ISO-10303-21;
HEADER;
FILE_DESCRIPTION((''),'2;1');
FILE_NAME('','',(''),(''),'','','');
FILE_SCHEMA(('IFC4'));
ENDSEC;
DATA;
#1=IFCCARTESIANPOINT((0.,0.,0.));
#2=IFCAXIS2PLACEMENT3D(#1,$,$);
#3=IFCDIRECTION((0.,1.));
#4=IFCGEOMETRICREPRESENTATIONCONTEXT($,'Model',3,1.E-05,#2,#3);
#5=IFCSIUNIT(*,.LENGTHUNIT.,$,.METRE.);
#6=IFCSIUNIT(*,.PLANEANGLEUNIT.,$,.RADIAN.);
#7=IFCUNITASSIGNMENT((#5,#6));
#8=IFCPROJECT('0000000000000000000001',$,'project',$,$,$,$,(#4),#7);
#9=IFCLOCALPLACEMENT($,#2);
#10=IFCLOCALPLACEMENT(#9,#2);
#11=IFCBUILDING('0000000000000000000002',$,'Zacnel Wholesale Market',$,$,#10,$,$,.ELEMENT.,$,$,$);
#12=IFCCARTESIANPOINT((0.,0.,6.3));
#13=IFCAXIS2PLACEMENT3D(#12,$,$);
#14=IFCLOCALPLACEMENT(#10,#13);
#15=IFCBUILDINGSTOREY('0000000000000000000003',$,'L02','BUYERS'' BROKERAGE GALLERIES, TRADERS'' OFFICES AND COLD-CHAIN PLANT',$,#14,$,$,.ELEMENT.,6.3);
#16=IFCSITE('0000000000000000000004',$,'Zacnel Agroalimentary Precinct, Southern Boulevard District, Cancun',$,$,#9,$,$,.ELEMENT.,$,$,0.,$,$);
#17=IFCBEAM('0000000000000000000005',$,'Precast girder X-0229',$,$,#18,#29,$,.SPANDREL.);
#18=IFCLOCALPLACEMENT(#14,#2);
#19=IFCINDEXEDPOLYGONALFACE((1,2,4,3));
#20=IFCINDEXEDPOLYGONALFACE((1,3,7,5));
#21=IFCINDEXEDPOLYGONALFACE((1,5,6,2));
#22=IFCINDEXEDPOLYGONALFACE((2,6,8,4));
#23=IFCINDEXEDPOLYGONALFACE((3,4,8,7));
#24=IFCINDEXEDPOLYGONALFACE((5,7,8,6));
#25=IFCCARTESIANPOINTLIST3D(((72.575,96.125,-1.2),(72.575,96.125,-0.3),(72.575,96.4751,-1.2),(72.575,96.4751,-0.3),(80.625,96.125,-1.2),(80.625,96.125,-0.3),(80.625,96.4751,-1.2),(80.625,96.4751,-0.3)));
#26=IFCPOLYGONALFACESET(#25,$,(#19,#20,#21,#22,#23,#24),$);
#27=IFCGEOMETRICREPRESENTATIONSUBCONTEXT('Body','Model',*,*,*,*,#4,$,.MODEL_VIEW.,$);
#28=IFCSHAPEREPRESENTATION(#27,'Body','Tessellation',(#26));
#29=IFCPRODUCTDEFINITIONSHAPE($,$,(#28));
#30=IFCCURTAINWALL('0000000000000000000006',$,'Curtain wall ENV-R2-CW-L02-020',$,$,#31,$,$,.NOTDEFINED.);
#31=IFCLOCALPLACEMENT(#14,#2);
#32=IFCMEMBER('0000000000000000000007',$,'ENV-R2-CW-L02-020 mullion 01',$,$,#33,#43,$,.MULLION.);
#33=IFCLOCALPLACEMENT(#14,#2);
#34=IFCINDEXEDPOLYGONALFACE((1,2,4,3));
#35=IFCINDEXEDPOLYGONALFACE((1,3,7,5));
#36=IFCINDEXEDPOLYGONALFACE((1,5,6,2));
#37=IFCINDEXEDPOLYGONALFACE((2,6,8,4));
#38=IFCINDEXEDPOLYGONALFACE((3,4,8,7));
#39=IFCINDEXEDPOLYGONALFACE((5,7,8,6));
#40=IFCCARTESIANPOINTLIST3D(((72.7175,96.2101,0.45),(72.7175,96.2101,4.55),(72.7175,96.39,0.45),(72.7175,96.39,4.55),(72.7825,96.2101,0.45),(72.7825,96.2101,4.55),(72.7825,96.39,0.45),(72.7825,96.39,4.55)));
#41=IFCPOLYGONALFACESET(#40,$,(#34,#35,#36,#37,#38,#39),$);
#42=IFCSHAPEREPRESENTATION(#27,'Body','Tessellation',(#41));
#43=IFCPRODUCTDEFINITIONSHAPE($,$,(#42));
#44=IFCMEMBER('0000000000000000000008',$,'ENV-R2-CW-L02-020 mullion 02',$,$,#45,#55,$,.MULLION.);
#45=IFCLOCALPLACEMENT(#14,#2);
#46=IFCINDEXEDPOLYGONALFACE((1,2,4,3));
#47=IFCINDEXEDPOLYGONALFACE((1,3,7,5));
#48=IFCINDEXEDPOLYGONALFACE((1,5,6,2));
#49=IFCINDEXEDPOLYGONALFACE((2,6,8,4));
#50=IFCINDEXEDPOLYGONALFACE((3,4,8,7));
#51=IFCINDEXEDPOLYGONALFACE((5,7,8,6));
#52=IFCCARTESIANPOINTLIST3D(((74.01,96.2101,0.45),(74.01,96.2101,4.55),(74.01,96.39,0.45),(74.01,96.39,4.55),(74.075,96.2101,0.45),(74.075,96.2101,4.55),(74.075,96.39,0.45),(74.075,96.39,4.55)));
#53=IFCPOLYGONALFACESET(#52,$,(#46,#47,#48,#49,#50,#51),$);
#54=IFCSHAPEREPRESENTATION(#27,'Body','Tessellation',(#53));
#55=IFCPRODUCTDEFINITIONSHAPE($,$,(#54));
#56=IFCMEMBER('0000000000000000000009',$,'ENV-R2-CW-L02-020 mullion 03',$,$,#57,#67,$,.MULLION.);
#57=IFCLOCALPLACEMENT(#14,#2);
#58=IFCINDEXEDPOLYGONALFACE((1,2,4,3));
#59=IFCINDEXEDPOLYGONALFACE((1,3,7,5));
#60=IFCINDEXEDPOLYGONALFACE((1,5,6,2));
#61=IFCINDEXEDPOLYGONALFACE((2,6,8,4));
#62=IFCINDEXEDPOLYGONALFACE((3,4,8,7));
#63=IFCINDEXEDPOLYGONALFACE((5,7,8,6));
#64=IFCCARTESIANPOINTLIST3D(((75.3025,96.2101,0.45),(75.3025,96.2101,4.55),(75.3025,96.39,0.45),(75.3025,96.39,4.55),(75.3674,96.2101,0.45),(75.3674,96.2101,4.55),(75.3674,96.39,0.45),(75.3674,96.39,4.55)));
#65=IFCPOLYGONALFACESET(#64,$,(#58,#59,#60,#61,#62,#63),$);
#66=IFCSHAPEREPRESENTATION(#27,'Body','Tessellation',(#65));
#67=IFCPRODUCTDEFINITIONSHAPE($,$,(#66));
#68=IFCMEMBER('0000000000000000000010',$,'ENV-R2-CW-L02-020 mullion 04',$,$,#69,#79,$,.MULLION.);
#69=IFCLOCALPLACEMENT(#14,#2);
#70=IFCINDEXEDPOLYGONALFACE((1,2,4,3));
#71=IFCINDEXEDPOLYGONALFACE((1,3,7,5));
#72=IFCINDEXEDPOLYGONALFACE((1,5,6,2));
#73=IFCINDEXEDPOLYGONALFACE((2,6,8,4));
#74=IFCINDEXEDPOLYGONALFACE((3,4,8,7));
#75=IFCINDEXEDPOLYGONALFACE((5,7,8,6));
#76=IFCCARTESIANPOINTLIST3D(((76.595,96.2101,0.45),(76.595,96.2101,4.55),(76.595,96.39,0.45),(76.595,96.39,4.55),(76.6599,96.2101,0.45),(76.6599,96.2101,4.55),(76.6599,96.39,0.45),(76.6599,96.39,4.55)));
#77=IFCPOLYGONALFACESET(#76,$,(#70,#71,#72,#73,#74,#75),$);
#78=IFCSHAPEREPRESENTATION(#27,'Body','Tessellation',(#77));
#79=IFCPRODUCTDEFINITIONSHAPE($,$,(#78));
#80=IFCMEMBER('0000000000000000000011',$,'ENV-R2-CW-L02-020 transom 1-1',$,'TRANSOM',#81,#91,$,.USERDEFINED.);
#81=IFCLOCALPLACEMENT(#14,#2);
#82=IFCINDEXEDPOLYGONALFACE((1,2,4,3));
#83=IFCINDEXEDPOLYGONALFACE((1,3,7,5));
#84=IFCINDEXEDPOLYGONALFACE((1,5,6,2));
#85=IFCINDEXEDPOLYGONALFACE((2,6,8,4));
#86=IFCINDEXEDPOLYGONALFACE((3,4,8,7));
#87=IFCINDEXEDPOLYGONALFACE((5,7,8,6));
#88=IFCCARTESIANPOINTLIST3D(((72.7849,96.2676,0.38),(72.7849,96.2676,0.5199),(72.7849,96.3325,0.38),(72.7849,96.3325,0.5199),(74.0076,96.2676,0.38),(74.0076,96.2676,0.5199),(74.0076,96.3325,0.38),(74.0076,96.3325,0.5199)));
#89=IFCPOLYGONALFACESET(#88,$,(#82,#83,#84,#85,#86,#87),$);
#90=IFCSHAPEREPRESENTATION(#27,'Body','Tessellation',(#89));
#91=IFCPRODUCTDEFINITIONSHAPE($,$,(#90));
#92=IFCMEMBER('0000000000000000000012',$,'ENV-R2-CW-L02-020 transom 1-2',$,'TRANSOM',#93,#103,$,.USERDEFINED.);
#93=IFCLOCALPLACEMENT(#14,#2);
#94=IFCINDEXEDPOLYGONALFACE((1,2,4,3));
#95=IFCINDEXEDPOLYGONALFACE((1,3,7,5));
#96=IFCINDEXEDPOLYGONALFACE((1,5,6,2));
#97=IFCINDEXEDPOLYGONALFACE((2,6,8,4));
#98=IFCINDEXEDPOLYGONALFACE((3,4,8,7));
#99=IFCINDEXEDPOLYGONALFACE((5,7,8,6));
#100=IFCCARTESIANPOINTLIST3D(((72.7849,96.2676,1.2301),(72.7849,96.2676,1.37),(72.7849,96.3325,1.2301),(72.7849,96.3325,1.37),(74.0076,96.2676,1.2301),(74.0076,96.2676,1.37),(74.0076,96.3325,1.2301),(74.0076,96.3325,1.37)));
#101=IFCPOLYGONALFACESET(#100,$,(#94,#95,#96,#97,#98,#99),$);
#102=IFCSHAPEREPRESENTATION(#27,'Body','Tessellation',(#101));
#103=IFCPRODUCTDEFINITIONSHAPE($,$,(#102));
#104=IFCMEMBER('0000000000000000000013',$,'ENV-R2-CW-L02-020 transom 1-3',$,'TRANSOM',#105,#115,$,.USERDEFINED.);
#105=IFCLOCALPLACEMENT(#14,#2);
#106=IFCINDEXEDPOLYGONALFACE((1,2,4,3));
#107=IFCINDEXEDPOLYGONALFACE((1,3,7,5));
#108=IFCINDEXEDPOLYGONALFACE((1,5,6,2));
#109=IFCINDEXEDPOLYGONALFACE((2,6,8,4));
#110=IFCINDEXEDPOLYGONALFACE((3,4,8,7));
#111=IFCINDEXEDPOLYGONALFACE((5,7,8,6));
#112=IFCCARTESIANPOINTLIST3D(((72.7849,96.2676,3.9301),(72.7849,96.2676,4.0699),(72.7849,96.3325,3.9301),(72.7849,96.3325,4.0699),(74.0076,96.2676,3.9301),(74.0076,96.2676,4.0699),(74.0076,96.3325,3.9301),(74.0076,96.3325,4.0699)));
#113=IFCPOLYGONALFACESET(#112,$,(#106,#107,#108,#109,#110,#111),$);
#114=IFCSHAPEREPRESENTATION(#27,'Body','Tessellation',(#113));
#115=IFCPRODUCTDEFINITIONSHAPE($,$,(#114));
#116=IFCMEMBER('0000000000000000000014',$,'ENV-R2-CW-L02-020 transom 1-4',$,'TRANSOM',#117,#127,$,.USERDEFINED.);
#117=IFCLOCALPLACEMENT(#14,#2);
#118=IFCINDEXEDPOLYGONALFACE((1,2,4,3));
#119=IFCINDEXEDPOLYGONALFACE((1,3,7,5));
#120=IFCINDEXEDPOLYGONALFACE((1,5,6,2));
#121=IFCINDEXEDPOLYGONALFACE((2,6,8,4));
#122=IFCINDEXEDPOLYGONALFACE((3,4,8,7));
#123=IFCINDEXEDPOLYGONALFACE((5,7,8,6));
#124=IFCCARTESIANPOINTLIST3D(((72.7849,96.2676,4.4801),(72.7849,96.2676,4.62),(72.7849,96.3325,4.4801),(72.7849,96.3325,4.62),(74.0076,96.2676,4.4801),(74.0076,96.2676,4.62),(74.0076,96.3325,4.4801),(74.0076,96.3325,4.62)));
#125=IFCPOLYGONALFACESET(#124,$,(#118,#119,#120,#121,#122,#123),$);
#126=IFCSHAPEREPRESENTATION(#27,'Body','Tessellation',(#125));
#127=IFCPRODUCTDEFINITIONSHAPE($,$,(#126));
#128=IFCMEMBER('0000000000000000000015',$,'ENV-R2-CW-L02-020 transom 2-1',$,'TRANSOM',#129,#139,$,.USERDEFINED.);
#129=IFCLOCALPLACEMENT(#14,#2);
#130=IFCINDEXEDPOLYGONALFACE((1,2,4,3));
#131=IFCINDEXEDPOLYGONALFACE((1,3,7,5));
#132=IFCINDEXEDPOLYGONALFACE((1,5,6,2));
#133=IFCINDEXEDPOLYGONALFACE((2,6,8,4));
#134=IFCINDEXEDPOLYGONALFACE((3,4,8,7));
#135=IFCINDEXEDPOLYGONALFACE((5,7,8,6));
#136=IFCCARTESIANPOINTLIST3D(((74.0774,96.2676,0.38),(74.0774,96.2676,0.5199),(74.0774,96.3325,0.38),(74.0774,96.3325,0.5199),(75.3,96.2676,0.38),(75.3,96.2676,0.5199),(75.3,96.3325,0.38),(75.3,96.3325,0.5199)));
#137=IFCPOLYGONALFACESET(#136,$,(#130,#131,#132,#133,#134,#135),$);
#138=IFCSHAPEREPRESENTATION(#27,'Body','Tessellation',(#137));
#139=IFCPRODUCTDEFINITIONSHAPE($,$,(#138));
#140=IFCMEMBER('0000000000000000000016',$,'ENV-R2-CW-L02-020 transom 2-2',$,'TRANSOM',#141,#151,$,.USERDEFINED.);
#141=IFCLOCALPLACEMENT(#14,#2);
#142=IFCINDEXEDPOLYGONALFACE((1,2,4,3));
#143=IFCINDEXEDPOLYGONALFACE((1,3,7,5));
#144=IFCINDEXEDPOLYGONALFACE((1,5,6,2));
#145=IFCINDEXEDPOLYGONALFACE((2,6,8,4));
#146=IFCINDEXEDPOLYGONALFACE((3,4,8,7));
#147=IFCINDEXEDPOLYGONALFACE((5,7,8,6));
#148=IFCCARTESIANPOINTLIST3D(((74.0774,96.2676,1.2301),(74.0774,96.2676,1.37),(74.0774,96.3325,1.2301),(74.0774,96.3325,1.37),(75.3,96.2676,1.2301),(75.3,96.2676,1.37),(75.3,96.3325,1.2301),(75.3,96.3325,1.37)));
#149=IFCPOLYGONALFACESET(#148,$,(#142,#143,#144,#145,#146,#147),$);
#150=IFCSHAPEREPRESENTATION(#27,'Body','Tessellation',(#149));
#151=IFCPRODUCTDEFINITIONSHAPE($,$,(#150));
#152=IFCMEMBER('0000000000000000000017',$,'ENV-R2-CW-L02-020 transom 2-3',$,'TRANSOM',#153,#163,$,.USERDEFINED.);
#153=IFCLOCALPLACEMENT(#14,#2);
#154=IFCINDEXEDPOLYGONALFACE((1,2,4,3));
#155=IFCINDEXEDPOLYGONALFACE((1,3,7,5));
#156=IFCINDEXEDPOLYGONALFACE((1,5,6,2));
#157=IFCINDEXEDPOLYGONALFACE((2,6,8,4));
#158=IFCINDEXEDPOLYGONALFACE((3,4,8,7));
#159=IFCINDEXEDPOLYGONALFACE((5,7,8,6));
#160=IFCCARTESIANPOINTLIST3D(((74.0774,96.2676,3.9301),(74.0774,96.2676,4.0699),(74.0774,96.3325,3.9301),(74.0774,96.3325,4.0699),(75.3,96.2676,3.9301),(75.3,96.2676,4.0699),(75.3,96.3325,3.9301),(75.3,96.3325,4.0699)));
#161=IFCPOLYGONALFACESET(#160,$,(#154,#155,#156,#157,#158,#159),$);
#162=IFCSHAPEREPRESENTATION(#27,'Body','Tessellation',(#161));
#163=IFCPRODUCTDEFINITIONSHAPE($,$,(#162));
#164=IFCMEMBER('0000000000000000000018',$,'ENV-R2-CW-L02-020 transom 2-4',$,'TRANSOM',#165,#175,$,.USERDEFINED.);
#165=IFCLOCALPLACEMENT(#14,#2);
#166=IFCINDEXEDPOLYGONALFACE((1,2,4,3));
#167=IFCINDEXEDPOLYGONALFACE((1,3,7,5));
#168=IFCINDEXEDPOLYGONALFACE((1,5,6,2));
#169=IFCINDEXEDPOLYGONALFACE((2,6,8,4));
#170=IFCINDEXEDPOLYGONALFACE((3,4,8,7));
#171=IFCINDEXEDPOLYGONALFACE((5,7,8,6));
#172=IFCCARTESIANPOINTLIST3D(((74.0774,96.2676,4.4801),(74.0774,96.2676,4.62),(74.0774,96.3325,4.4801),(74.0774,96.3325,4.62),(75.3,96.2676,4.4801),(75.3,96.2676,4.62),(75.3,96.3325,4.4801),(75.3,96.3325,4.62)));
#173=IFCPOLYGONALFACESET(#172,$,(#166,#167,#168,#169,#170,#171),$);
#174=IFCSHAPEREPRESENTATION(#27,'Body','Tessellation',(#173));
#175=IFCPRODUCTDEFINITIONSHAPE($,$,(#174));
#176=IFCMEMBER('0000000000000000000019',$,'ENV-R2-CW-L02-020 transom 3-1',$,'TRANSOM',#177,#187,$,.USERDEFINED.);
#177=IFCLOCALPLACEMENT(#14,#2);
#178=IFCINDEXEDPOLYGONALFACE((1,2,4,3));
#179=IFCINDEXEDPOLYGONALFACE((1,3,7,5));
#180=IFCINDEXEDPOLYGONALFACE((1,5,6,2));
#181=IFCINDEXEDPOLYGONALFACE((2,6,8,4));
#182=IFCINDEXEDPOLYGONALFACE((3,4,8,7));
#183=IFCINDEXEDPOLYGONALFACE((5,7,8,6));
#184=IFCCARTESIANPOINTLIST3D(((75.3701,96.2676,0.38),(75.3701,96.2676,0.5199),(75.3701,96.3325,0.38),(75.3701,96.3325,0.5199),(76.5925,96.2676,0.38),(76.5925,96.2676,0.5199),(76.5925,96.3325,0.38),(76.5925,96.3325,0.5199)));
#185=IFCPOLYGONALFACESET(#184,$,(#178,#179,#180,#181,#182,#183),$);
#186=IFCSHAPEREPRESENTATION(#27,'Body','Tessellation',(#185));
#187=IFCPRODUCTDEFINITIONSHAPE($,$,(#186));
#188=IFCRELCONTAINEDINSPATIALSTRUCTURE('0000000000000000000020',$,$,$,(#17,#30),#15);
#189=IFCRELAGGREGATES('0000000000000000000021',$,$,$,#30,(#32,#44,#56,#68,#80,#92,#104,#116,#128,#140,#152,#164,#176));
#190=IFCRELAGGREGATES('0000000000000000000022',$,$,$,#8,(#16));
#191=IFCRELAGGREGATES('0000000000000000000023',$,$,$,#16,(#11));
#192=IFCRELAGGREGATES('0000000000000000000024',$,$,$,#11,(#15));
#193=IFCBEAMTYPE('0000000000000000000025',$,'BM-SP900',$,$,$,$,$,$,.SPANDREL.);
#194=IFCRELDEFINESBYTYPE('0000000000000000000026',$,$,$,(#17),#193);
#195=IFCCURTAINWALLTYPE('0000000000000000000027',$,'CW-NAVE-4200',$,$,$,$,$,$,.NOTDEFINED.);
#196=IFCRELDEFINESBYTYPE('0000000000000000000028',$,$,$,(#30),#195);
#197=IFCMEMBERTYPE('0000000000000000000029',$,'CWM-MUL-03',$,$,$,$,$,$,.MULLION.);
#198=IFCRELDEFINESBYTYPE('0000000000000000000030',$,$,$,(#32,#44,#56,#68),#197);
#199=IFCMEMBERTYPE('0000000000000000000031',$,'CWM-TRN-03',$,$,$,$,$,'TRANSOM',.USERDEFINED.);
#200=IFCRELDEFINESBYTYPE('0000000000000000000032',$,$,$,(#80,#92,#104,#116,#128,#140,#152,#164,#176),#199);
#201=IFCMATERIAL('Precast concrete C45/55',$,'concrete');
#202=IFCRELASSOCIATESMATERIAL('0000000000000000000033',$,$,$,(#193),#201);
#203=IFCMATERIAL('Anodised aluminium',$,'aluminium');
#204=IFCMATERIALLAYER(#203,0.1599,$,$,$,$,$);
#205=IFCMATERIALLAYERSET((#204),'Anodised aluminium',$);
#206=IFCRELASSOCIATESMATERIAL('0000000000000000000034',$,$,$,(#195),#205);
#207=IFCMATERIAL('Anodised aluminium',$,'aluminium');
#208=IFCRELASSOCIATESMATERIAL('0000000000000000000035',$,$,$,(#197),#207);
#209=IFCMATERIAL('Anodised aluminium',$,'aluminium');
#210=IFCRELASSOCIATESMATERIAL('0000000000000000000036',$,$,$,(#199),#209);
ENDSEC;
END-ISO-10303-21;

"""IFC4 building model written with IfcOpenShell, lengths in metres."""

from ifc_helpers import new_model, si_unit, direction, frame, origin, origin_2d, place, context, subcontext, project, spatial, rectangle, extrude, material, layer, layer_set, material_profile, profile_set, type_object, element, aggregate, save


model = new_model("IFC4")

# Units and contexts
model_context = context("Model", 3, precision=1e-05, world=origin(), true_north=direction((0.0, 1.0)))
body_context = subcontext(model_context, "Body", "Model", "MODEL_VIEW")
ifc_project = project(units=[si_unit("LENGTHUNIT", "METRE"), si_unit("PLANEANGLEUNIT", "RADIAN")], contexts=[model_context])

# Site, building, storey
site_placement = place(None, origin())
site = spatial("IfcSite", under=ifc_project, at=site_placement, Name="Zacnel Agroalimentary Precinct, Southern Boulevard District, Cancun", CompositionType="ELEMENT", RefElevation=0.0)
building_placement = place(site_placement, origin())
building = spatial("IfcBuilding", under=site, at=building_placement, Name="Zacnel Wholesale Market", CompositionType="ELEMENT")
storey_placement = place(building_placement, frame((0.0, 0.0, 6.3)))
storey = spatial("IfcBuildingStorey", under=building, at=storey_placement, Name="L02", Description="BUYERS' BROKERAGE GALLERIES, TRADERS' OFFICES AND COLD-CHAIN PLANT", CompositionType="ELEMENT", Elevation=6.3)

# Beam
ifc_material_1 = material(Name="Precast concrete C45/55", Category="concrete")
ifc_material_profile_1 = material_profile(ifc_material_1, rectangle(XDim=0.3501, YDim=0.8999, at=origin_2d()), Name="SP 350x900")
ifc_profile_set_1 = profile_set([ifc_material_profile_1], Name="Precast concrete C45/55")
beam_type = type_object("IfcBeamType", Name="BM-SP900", PredefinedType="SPANDREL", material=ifc_profile_set_1)
beam_placement = place(storey_placement, frame((72.575, 96.3, -0.75), z_axis=(1.0, 0.0, 0.0), x_axis=(0.0, 1.0, 0.0)))
element("IfcBeam", 1, at=beam_placement, inside=storey, type_object=beam_type, Name="Precast girder X-0229", PredefinedType="SPANDREL", context=body_context, shape_type="SweptSolid", body=[
    extrude(rectangle(XDim=0.3501, YDim=0.8999, at=origin_2d()), origin(), (0.0, 0.0, 1.0), 8.05),
])

# Curtain wall, members
ifc_material_2 = material(Name="Anodised aluminium", Category="aluminium")
ifc_layer_1 = layer(ifc_material_2, 0.1599)
ifc_layer_set_1 = layer_set([ifc_layer_1], Name="Anodised aluminium")
curtain_wall_type = type_object("IfcCurtainWallType", Name="CW-NAVE-4200", PredefinedType="NOTDEFINED", material=ifc_layer_set_1)
curtain_wall_placement = place(storey_placement, origin())
curtain_wall = element("IfcCurtainWall", 2, at=curtain_wall_placement, inside=storey, type_object=curtain_wall_type, Name="Curtain wall ENV-R2-CW-L02-020", PredefinedType="NOTDEFINED")
ifc_material_3 = material(Name="Anodised aluminium", Category="aluminium")
ifc_material_profile_2 = material_profile(ifc_material_3, rectangle(XDim=0.0649, YDim=0.1799, at=origin_2d()), Name="AW-MULLION 65x180")
ifc_profile_set_2 = profile_set([ifc_material_profile_2], Name="Anodised aluminium")
member_type_1 = type_object("IfcMemberType", Name="CWM-MUL-03", PredefinedType="MULLION", material=ifc_profile_set_2)
member_1_placement = place(storey_placement, frame((72.75, 96.3, 0.45), z_axis=(0.0, 0.0, 1.0), x_axis=(1.0, 0.0, 0.0)))
member_1 = element("IfcMember", 3, at=member_1_placement, type_object=member_type_1, Name="ENV-R2-CW-L02-020 mullion 01", PredefinedType="MULLION", context=body_context, shape_type="SweptSolid", body=[
    extrude(rectangle(XDim=0.0649, YDim=0.1799, at=origin_2d()), origin(), (0.0, 0.0, 1.0), 4.1001),
])
member_2_placement = place(storey_placement, frame((74.0425, 96.3, 0.45), z_axis=(0.0, 0.0, 1.0), x_axis=(1.0, 0.0, 0.0)))
member_2 = element("IfcMember", 4, at=member_2_placement, type_object=member_type_1, Name="ENV-R2-CW-L02-020 mullion 02", PredefinedType="MULLION", context=body_context, shape_type="SweptSolid", body=[
    extrude(rectangle(XDim=0.0649, YDim=0.1799, at=origin_2d()), origin(), (0.0, 0.0, 1.0), 4.1001),
])
member_3_placement = place(storey_placement, frame((75.335, 96.3, 0.45), z_axis=(0.0, 0.0, 1.0), x_axis=(1.0, 0.0, 0.0)))
member_3 = element("IfcMember", 5, at=member_3_placement, type_object=member_type_1, Name="ENV-R2-CW-L02-020 mullion 03", PredefinedType="MULLION", context=body_context, shape_type="SweptSolid", body=[
    extrude(rectangle(XDim=0.0649, YDim=0.1799, at=origin_2d()), origin(), (0.0, 0.0, 1.0), 4.1001),
])
member_4_placement = place(storey_placement, frame((76.6274, 96.3, 0.45), z_axis=(0.0, 0.0, 1.0), x_axis=(1.0, 0.0, 0.0)))
member_4 = element("IfcMember", 6, at=member_4_placement, type_object=member_type_1, Name="ENV-R2-CW-L02-020 mullion 04", PredefinedType="MULLION", context=body_context, shape_type="SweptSolid", body=[
    extrude(rectangle(XDim=0.0649, YDim=0.1799, at=origin_2d()), origin(), (0.0, 0.0, 1.0), 4.1001),
])
ifc_material_4 = material(Name="Anodised aluminium", Category="aluminium")
ifc_material_profile_3 = material_profile(ifc_material_4, rectangle(XDim=0.0649, YDim=0.1399, at=origin_2d()), Name="AW-TRANSOM 65x140")
ifc_profile_set_3 = profile_set([ifc_material_profile_3], Name="Anodised aluminium")
member_type_2 = type_object("IfcMemberType", Name="CWM-TRN-03", ElementType="TRANSOM", PredefinedType="USERDEFINED", material=ifc_profile_set_3)
member_5_placement = place(storey_placement, frame((72.7849, 96.3, 0.45), z_axis=(1.0, 0.0, 0.0), x_axis=(0.0, 1.0, 0.0)))
member_5 = element("IfcMember", 7, at=member_5_placement, type_object=member_type_2, Name="ENV-R2-CW-L02-020 transom 1-1", ObjectType="TRANSOM", PredefinedType="USERDEFINED", context=body_context, shape_type="SweptSolid", body=[
    extrude(rectangle(XDim=0.0649, YDim=0.1399, at=origin_2d()), origin(), (0.0, 0.0, 1.0), 1.2227),
])
member_6_placement = place(storey_placement, frame((72.7849, 96.3, 1.3), z_axis=(1.0, 0.0, 0.0), x_axis=(0.0, 1.0, 0.0)))
member_6 = element("IfcMember", 8, at=member_6_placement, type_object=member_type_2, Name="ENV-R2-CW-L02-020 transom 1-2", ObjectType="TRANSOM", PredefinedType="USERDEFINED", context=body_context, shape_type="SweptSolid", body=[
    extrude(rectangle(XDim=0.0649, YDim=0.1399, at=origin_2d()), origin(), (0.0, 0.0, 1.0), 1.2227),
])
member_7_placement = place(storey_placement, frame((72.7849, 96.3, 4.0), z_axis=(1.0, 0.0, 0.0), x_axis=(0.0, 1.0, 0.0)))
member_7 = element("IfcMember", 9, at=member_7_placement, type_object=member_type_2, Name="ENV-R2-CW-L02-020 transom 1-3", ObjectType="TRANSOM", PredefinedType="USERDEFINED", context=body_context, shape_type="SweptSolid", body=[
    extrude(rectangle(XDim=0.0649, YDim=0.1399, at=origin_2d()), origin(), (0.0, 0.0, 1.0), 1.2227),
])
member_8_placement = place(storey_placement, frame((72.7849, 96.3, 4.55), z_axis=(1.0, 0.0, 0.0), x_axis=(0.0, 1.0, 0.0)))
member_8 = element("IfcMember", 10, at=member_8_placement, type_object=member_type_2, Name="ENV-R2-CW-L02-020 transom 1-4", ObjectType="TRANSOM", PredefinedType="USERDEFINED", context=body_context, shape_type="SweptSolid", body=[
    extrude(rectangle(XDim=0.0649, YDim=0.1399, at=origin_2d()), origin(), (0.0, 0.0, 1.0), 1.2227),
])
member_9_placement = place(storey_placement, frame((74.0774, 96.3, 0.45), z_axis=(1.0, 0.0, 0.0), x_axis=(0.0, 1.0, 0.0)))
member_9 = element("IfcMember", 11, at=member_9_placement, type_object=member_type_2, Name="ENV-R2-CW-L02-020 transom 2-1", ObjectType="TRANSOM", PredefinedType="USERDEFINED", context=body_context, shape_type="SweptSolid", body=[
    extrude(rectangle(XDim=0.0649, YDim=0.1399, at=origin_2d()), origin(), (0.0, 0.0, 1.0), 1.2227),
])
member_10_placement = place(storey_placement, frame((74.0774, 96.3, 1.3), z_axis=(1.0, 0.0, 0.0), x_axis=(0.0, 1.0, 0.0)))
member_10 = element("IfcMember", 12, at=member_10_placement, type_object=member_type_2, Name="ENV-R2-CW-L02-020 transom 2-2", ObjectType="TRANSOM", PredefinedType="USERDEFINED", context=body_context, shape_type="SweptSolid", body=[
    extrude(rectangle(XDim=0.0649, YDim=0.1399, at=origin_2d()), origin(), (0.0, 0.0, 1.0), 1.2227),
])
member_11_placement = place(storey_placement, frame((74.0774, 96.3, 4.0), z_axis=(1.0, 0.0, 0.0), x_axis=(0.0, 1.0, 0.0)))
member_11 = element("IfcMember", 13, at=member_11_placement, type_object=member_type_2, Name="ENV-R2-CW-L02-020 transom 2-3", ObjectType="TRANSOM", PredefinedType="USERDEFINED", context=body_context, shape_type="SweptSolid", body=[
    extrude(rectangle(XDim=0.0649, YDim=0.1399, at=origin_2d()), origin(), (0.0, 0.0, 1.0), 1.2227),
])
member_12_placement = place(storey_placement, frame((74.0774, 96.3, 4.55), z_axis=(1.0, 0.0, 0.0), x_axis=(0.0, 1.0, 0.0)))
member_12 = element("IfcMember", 14, at=member_12_placement, type_object=member_type_2, Name="ENV-R2-CW-L02-020 transom 2-4", ObjectType="TRANSOM", PredefinedType="USERDEFINED", context=body_context, shape_type="SweptSolid", body=[
    extrude(rectangle(XDim=0.0649, YDim=0.1399, at=origin_2d()), origin(), (0.0, 0.0, 1.0), 1.2227),
])
member_13_placement = place(storey_placement, frame((75.3701, 96.3, 0.45), z_axis=(1.0, 0.0, 0.0), x_axis=(0.0, 1.0, 0.0)))
member_13 = element("IfcMember", 15, at=member_13_placement, type_object=member_type_2, Name="ENV-R2-CW-L02-020 transom 3-1", ObjectType="TRANSOM", PredefinedType="USERDEFINED", context=body_context, shape_type="SweptSolid", body=[
    extrude(rectangle(XDim=0.0649, YDim=0.1399, at=origin_2d()), origin(), (0.0, 0.0, 1.0), 1.2224),
])
aggregate(curtain_wall, [member_1, member_2, member_3, member_4, member_5, member_6, member_7, member_8, member_9, member_10, member_11, member_12, member_13])

save(model, "model.ifc")
